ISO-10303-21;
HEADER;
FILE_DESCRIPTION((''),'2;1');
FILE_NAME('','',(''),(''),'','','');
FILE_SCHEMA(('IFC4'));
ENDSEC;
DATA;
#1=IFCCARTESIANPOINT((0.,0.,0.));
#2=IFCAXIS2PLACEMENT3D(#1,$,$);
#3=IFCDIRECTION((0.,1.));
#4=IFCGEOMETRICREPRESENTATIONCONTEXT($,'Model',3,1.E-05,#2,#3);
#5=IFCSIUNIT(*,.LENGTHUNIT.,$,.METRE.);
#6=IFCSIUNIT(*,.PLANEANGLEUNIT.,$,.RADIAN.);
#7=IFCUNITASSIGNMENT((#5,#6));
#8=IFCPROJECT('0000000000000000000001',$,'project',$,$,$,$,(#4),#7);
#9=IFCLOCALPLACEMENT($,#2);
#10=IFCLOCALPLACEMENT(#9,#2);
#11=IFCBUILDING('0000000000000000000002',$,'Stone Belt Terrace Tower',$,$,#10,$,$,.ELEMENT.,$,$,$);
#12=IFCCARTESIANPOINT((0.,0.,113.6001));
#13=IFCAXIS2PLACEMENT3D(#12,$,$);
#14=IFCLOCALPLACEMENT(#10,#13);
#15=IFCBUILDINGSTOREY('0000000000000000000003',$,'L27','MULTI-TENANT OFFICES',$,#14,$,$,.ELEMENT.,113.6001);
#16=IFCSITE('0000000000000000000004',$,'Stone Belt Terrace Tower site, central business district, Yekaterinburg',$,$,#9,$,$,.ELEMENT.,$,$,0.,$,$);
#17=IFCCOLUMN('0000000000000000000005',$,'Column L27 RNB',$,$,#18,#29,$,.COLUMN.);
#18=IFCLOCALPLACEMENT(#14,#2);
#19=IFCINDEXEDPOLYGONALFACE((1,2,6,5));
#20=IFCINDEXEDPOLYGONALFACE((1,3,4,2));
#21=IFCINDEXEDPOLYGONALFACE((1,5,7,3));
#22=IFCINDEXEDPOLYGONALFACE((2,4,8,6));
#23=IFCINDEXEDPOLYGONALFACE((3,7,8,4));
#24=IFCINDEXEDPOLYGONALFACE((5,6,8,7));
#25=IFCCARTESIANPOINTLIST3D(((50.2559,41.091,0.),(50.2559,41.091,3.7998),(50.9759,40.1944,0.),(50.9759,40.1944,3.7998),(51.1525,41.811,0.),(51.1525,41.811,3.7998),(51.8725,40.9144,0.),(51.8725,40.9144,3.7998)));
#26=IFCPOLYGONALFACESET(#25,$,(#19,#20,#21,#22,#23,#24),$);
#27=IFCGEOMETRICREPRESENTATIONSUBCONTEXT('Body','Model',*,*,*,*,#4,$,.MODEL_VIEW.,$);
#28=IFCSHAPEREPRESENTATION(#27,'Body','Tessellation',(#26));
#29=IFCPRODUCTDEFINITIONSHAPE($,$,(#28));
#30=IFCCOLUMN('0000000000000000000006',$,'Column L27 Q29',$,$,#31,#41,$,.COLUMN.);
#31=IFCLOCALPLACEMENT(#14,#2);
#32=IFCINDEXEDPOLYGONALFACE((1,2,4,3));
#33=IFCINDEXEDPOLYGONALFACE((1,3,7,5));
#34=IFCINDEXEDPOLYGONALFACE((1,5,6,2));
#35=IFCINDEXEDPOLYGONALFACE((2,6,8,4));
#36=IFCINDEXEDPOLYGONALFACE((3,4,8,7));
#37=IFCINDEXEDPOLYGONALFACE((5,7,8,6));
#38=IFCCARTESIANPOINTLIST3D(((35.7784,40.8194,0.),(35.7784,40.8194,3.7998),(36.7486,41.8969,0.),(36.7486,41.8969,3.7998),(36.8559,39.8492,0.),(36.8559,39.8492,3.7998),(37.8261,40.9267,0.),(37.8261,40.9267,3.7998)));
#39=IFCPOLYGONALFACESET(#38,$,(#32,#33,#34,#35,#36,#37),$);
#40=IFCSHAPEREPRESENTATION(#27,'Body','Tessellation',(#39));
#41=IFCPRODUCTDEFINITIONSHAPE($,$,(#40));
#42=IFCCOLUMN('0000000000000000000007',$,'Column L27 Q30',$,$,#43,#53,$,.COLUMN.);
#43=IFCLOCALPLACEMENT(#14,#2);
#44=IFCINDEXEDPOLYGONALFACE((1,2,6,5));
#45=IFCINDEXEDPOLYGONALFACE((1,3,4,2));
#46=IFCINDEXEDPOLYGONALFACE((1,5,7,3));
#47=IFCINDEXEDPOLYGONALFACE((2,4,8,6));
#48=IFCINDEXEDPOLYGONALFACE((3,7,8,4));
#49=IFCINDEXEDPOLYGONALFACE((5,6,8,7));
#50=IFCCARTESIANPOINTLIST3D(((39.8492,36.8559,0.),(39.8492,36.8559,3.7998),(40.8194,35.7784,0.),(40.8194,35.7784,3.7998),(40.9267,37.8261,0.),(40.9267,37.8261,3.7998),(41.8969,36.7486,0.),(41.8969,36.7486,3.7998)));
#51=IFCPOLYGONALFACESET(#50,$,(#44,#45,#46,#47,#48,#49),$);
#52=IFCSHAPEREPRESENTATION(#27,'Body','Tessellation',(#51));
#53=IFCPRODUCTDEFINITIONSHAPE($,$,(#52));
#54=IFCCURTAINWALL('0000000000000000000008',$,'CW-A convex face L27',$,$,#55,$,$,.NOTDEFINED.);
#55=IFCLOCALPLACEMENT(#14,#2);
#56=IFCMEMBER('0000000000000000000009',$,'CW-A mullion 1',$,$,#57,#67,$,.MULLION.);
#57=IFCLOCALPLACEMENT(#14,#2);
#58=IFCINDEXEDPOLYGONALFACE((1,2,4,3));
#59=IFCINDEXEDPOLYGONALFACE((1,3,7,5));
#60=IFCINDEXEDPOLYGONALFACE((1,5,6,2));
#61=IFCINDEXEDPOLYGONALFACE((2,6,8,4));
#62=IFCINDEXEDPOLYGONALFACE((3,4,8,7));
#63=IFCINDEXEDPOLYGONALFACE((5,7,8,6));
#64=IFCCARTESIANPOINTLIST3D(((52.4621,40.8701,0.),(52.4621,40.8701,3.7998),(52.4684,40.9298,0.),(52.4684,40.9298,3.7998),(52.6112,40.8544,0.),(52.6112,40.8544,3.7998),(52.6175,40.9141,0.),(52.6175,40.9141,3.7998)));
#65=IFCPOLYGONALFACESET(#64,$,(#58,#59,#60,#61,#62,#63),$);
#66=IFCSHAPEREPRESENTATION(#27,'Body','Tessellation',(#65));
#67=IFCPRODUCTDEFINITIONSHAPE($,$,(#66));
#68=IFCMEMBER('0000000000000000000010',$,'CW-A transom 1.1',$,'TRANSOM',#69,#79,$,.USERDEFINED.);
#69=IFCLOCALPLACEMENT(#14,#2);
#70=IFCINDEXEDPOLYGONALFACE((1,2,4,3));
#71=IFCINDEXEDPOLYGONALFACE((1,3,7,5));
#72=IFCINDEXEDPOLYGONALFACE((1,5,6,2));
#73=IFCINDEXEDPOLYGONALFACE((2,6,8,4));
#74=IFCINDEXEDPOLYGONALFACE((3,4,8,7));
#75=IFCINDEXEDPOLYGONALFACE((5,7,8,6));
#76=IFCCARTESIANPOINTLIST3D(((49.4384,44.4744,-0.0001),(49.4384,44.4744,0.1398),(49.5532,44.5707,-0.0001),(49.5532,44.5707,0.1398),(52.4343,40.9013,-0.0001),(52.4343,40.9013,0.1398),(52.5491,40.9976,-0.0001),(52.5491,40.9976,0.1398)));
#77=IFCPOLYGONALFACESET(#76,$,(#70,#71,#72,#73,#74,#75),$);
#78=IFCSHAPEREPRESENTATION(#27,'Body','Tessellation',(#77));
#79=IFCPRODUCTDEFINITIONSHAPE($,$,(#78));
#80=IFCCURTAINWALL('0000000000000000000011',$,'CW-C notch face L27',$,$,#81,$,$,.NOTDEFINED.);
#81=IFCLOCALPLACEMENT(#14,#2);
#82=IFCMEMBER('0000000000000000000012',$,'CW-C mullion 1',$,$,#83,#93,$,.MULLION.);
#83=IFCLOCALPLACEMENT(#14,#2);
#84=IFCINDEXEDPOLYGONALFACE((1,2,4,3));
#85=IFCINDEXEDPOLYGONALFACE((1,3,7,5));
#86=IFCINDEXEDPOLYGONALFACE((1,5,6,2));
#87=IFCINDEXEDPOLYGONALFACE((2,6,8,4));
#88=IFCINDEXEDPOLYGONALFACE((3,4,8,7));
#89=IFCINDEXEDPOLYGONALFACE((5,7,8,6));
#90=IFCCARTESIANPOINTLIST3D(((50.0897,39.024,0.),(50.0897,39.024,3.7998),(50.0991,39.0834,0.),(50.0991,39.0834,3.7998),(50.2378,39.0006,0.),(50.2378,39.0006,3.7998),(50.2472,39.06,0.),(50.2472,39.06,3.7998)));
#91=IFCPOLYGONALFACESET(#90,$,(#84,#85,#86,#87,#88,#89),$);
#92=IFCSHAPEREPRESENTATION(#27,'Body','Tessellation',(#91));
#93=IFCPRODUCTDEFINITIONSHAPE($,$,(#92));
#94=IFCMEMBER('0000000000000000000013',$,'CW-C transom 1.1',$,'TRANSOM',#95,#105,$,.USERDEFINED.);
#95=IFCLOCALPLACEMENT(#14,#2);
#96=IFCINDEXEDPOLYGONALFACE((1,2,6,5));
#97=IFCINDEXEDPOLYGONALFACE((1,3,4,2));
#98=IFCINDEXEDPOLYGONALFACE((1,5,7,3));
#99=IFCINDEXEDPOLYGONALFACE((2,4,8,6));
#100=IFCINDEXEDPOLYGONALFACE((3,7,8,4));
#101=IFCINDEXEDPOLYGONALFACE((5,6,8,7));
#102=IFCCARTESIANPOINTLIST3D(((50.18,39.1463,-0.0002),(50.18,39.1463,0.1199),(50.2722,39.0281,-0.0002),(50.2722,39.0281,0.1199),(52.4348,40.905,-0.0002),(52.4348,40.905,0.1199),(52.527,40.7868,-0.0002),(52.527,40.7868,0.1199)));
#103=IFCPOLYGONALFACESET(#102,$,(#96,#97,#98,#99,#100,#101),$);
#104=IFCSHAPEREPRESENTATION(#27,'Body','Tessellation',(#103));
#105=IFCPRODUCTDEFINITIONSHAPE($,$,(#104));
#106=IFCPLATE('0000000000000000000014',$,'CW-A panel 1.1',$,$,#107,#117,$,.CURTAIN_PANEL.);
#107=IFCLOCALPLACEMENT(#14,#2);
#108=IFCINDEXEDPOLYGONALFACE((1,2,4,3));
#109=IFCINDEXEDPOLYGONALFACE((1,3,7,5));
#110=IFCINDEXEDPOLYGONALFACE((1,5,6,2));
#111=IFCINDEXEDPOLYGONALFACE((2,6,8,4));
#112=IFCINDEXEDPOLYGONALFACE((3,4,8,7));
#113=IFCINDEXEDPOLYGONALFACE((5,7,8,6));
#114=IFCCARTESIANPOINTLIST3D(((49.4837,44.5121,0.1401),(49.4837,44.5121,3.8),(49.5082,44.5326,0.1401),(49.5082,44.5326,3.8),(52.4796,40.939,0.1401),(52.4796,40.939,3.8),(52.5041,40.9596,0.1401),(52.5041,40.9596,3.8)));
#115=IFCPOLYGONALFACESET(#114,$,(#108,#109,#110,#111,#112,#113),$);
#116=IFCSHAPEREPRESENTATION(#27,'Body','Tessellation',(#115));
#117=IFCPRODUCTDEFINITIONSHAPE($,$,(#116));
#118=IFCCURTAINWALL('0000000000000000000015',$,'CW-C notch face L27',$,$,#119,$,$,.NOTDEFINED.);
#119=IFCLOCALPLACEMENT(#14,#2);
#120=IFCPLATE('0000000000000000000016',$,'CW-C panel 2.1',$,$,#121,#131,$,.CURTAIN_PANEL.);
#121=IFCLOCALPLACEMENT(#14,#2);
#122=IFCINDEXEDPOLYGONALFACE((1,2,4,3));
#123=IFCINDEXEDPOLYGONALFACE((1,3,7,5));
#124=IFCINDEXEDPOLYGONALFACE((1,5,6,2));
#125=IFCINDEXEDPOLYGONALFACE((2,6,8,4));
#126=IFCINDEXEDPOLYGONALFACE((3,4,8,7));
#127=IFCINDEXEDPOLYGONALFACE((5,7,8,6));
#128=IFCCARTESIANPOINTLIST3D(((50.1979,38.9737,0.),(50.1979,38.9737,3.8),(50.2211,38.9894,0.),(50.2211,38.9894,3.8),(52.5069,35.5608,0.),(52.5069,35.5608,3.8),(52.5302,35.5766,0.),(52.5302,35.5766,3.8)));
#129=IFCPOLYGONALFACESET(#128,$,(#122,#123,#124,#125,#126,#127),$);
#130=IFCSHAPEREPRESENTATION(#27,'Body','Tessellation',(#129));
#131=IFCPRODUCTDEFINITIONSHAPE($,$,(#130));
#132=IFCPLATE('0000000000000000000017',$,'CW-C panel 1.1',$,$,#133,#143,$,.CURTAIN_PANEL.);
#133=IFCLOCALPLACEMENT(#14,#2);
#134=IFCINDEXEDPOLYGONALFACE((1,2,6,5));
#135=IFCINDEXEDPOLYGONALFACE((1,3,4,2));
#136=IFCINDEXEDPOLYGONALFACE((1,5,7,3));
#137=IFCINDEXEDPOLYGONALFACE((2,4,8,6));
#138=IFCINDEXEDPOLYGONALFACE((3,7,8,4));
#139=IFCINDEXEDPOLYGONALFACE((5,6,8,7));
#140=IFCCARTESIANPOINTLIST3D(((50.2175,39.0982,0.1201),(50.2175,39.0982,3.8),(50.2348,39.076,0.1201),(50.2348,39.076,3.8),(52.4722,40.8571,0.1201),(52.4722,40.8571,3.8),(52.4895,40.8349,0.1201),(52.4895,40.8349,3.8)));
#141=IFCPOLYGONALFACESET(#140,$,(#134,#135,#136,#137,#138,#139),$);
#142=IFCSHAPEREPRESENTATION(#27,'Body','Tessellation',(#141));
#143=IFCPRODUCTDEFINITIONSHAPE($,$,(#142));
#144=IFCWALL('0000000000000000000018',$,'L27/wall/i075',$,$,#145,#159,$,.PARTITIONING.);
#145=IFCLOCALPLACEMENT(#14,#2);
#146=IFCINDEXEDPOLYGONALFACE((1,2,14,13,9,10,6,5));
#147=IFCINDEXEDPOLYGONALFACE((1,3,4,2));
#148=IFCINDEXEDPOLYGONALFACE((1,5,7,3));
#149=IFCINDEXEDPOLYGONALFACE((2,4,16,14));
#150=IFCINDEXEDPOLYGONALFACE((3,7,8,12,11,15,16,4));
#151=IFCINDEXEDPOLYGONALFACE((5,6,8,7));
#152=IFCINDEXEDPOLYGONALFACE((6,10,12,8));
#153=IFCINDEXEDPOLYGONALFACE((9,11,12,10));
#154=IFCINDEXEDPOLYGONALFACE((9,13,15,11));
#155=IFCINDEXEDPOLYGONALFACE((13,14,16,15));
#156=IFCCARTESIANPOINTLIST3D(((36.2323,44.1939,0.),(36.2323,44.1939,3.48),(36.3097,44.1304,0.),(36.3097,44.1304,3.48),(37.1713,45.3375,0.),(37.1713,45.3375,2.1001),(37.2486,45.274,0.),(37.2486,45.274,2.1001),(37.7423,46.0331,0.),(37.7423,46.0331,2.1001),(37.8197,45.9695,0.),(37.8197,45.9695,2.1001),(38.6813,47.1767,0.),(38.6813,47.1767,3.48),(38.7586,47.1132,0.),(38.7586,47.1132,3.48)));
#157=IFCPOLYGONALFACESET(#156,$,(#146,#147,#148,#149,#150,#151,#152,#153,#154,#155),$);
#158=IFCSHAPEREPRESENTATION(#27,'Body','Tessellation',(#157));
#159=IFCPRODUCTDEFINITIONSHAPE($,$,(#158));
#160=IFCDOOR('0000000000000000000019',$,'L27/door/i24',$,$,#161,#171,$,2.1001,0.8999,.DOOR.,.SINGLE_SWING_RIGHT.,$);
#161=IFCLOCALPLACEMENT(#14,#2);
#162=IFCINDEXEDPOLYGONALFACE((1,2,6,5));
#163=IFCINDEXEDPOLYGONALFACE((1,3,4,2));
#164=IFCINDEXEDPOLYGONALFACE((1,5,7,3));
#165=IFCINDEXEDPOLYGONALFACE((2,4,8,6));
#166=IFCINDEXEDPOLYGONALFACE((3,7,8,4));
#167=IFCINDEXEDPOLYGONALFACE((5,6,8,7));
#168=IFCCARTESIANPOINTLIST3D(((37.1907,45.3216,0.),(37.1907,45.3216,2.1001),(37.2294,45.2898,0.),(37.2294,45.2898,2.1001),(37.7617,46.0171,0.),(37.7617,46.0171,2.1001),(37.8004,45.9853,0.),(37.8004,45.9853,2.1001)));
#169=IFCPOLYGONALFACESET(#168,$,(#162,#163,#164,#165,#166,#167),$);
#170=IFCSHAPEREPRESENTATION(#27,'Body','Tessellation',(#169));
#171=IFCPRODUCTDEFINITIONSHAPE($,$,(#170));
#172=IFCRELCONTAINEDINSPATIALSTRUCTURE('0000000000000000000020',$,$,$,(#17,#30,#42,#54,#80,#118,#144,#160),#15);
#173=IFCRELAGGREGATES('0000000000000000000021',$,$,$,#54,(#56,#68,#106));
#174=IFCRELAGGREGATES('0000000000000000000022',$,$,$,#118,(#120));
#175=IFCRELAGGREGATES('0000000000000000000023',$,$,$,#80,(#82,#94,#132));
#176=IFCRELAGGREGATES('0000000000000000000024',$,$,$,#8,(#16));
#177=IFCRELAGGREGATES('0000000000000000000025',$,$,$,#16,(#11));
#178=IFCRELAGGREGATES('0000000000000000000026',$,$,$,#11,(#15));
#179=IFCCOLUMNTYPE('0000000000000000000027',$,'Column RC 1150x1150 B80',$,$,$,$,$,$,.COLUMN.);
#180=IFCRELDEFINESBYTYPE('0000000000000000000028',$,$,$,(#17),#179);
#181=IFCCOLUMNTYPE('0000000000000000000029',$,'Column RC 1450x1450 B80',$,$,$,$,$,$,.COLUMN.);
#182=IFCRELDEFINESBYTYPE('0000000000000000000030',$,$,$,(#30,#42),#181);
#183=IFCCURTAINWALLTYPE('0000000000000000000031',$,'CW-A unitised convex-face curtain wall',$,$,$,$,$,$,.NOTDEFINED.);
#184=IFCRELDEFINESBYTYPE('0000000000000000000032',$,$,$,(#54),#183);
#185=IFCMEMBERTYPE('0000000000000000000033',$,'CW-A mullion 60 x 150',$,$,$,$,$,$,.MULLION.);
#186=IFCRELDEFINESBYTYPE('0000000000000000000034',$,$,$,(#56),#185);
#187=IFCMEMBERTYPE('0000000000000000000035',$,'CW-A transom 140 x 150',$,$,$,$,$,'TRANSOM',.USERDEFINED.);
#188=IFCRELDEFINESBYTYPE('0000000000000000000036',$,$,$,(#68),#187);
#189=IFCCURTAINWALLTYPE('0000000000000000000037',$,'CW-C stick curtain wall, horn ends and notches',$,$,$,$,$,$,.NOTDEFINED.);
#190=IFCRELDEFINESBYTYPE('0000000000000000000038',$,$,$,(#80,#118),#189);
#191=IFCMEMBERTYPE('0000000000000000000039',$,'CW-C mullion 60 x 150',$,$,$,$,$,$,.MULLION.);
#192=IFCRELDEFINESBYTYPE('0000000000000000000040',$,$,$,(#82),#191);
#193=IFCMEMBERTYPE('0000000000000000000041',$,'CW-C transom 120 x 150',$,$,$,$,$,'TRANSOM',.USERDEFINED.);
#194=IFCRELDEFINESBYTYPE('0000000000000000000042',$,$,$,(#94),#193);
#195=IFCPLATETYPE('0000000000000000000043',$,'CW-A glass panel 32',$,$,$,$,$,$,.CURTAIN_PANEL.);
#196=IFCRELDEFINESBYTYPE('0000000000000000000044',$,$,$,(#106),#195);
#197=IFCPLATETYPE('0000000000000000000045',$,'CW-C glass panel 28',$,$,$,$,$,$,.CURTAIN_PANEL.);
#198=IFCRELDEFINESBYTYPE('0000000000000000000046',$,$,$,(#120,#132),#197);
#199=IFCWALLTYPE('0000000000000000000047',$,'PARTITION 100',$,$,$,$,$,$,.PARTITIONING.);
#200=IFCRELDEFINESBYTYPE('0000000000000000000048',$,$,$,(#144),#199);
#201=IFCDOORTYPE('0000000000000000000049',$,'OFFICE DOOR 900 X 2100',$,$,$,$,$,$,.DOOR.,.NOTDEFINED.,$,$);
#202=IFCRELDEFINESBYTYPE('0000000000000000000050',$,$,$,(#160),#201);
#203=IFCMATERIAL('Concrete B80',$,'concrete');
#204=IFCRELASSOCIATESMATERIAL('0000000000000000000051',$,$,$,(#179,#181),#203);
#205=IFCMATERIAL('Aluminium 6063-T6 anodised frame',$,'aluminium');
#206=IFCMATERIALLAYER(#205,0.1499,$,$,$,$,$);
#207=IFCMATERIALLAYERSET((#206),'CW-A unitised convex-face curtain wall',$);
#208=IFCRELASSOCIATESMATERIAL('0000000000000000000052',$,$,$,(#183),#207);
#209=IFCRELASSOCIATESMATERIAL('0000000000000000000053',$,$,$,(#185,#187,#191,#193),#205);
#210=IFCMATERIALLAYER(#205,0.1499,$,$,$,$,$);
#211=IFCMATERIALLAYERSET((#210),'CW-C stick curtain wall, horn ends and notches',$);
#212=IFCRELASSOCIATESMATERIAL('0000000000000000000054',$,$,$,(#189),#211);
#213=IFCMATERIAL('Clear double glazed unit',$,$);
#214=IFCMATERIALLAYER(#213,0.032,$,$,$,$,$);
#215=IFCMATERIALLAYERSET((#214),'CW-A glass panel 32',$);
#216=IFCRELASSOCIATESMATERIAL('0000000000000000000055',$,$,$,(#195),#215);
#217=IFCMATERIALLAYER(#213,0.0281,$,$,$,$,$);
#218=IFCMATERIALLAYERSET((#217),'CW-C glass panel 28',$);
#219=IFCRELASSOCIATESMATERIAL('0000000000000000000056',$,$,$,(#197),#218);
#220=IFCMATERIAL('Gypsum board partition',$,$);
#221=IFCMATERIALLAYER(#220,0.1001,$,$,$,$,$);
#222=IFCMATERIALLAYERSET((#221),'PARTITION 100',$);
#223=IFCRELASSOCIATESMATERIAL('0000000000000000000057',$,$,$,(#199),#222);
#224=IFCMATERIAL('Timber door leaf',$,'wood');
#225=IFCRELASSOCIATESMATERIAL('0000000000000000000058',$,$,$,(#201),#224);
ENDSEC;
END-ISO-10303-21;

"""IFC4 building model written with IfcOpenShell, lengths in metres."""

from ifc_helpers import new_model, si_unit, direction, frame, frame_2d, origin, origin_2d, place, context, subcontext, project, spatial, rectangle, extrude, material, layer, layer_set, material_profile, profile_set, type_object, element, fill, aggregate, save


model = new_model("IFC4")

# Units and contexts
model_context = context("Model", 3, precision=1e-05, world=origin(), true_north=direction((0.0, 1.0)))
body_context = subcontext(model_context, "Body", "Model", "MODEL_VIEW")
ifc_project = project(units=[si_unit("LENGTHUNIT", "METRE"), si_unit("PLANEANGLEUNIT", "RADIAN")], contexts=[model_context])

# Site, building, storey
site_placement = place(None, origin())
site = spatial("IfcSite", under=ifc_project, at=site_placement, Name="Stone Belt Terrace Tower site, central business district, Yekaterinburg", CompositionType="ELEMENT", RefElevation=0.0)
building_placement = place(site_placement, origin())
building = spatial("IfcBuilding", under=site, at=building_placement, Name="Stone Belt Terrace Tower", CompositionType="ELEMENT")
storey_placement = place(building_placement, frame((0.0, 0.0, 113.6001)))
storey = spatial("IfcBuildingStorey", under=building, at=storey_placement, Name="L27", Description="MULTI-TENANT OFFICES", CompositionType="ELEMENT", Elevation=113.6001)

# Columns
ifc_material_1 = material(Name="Concrete B80", Category="concrete")
ifc_material_profile_1 = material_profile(ifc_material_1, rectangle(XDim=1.1499, YDim=1.1499, at=origin_2d()), Name="RC 1150x1150")
ifc_profile_set_1 = profile_set([ifc_material_profile_1], Name="Concrete B80")
column_type_1 = type_object("IfcColumnType", Name="Column RC 1150x1150 B80", PredefinedType="COLUMN", material=ifc_profile_set_1)
column_placement = place(storey_placement, frame((51.0642, 41.0027, 0.0), z_axis=(0.0, 0.0, 1.0), x_axis=(0.626104, -0.779739, 0.0)))
element("IfcColumn", 1, at=column_placement, inside=storey, type_object=column_type_1, Name="Column L27 RNB", PredefinedType="COLUMN", context=body_context, shape_type="SweptSolid", body=[
    extrude(rectangle(XDim=1.1499, YDim=1.1499, at=origin_2d()), origin(), (0.0, 0.0, 1.0), 3.7998),
])
ifc_material_profile_2 = material_profile(ifc_material_1, rectangle(XDim=1.45, YDim=1.45, at=origin_2d()), Name="RC 1450x1450")
ifc_profile_set_2 = profile_set([ifc_material_profile_2], Name="Concrete B80")
column_type_2 = type_object("IfcColumnType", Name="Column RC 1450x1450 B80", PredefinedType="COLUMN", material=ifc_profile_set_2)
for number, where, z_axis, x_axis, name in (
    (2, (36.8022, 40.873, 0.0), (0.0, 0.0, 1.0), (0.743145, -0.669131, 0.0), "Column L27 Q29"),
    (3, (40.873, 36.8022, 0.0), (0.0, 0.0, 1.0), (0.669131, -0.743145, 0.0), "Column L27 Q30"),
):
    element("IfcColumn", number, at=place(storey_placement, frame(where, z_axis=z_axis, x_axis=x_axis)), inside=storey, type_object=column_type_2, Name=name, PredefinedType="COLUMN", context=body_context, shape_type="SweptSolid", body=[
        extrude(rectangle(XDim=1.45, YDim=1.45, at=origin_2d()), origin(), (0.0, 0.0, 1.0), 3.7998),
    ])

# Curtain walls, members
ifc_material_2 = material(Name="Aluminium 6063-T6 anodised frame", Category="aluminium")
ifc_layer_1 = layer(ifc_material_2, 0.1499)
ifc_layer_set_1 = layer_set([ifc_layer_1], Name="CW-A unitised convex-face curtain wall")
curtain_wall_type_1 = type_object("IfcCurtainWallType", Name="CW-A unitised convex-face curtain wall", PredefinedType="NOTDEFINED", material=ifc_layer_set_1)
curtain_wall_1_placement = place(storey_placement, origin())
curtain_wall_1 = element("IfcCurtainWall", 4, at=curtain_wall_1_placement, inside=storey, type_object=curtain_wall_type_1, Name="CW-A convex face L27", PredefinedType="NOTDEFINED")
ifc_material_profile_3 = material_profile(ifc_material_2, rectangle(XDim=0.1499, YDim=0.0601, at=origin_2d()), Name="Aluminium 6063-T6 60x150")
ifc_profile_set_3 = profile_set([ifc_material_profile_3], Name="Aluminium 6063-T6 anodised frame")
member_type_1 = type_object("IfcMemberType", Name="CW-A mullion 60 x 150", PredefinedType="MULLION", material=ifc_profile_set_3)
member_1_placement = place(storey_placement, frame((52.5398, 40.8921, 0.0), z_axis=(0.0, 0.0, 1.0), x_axis=(-0.994465, 0.105071, 0.0)))
member_1 = element("IfcMember", 5, at=member_1_placement, type_object=member_type_1, Name="CW-A mullion 1", PredefinedType="MULLION", context=body_context, shape_type="SweptSolid", body=[
    extrude(rectangle(XDim=0.1499, YDim=0.0601, at=origin_2d()), origin(), (0.0, 0.0, 1.0), 3.7998),
])
ifc_material_profile_4 = material_profile(ifc_material_2, rectangle(XDim=0.1499, YDim=0.1399, at=origin_2d()), Name="Aluminium 6063-T6 150x140")
ifc_profile_set_4 = profile_set([ifc_material_profile_4], Name="Aluminium 6063-T6 anodised frame")
member_type_2 = type_object("IfcMemberType", Name="CW-A transom 140 x 150", ElementType="TRANSOM", PredefinedType="USERDEFINED", material=ifc_profile_set_4)
member_2_placement = place(storey_placement, frame((52.4917, 40.9495, 0.0698), z_axis=(-0.642504, 0.766282, 0.0), x_axis=(-0.766282, -0.642504, 0.0)))
member_2 = element("IfcMember", 6, at=member_2_placement, type_object=member_type_2, Name="CW-A transom 1.1", ObjectType="TRANSOM", PredefinedType="USERDEFINED", context=body_context, shape_type="SweptSolid", body=[
    extrude(rectangle(XDim=0.1499, YDim=0.1399, at=origin_2d()), origin(), (0.0, 0.0, 1.0), 4.6628),
])
ifc_layer_2 = layer(ifc_material_2, 0.1499)
ifc_layer_set_2 = layer_set([ifc_layer_2], Name="CW-C stick curtain wall, horn ends and notches")
curtain_wall_type_2 = type_object("IfcCurtainWallType", Name="CW-C stick curtain wall, horn ends and notches", PredefinedType="NOTDEFINED", material=ifc_layer_set_2)
curtain_wall_2_placement = place(storey_placement, origin())
curtain_wall_2 = element("IfcCurtainWall", 7, at=curtain_wall_2_placement, inside=storey, type_object=curtain_wall_type_2, Name="CW-C notch face L27", PredefinedType="NOTDEFINED")
ifc_material_profile_5 = material_profile(ifc_material_2, rectangle(XDim=0.1499, YDim=0.0601, at=origin_2d()), Name="Aluminium 6063-T6 60x150")
ifc_profile_set_5 = profile_set([ifc_material_profile_5], Name="Aluminium 6063-T6 anodised frame")
member_type_3 = type_object("IfcMemberType", Name="CW-C mullion 60 x 150", PredefinedType="MULLION", material=ifc_profile_set_5)
member_3_placement = place(storey_placement, frame((50.1685, 39.042, 0.0), z_axis=(0.0, 0.0, 1.0), x_axis=(-0.987742, 0.156094, 0.0)))
member_3 = element("IfcMember", 8, at=member_3_placement, type_object=member_type_3, Name="CW-C mullion 1", PredefinedType="MULLION", context=body_context, shape_type="SweptSolid", body=[
    extrude(rectangle(XDim=0.1499, YDim=0.0601, at=origin_2d()), origin(), (0.0, 0.0, 1.0), 3.7998),
])
ifc_material_profile_6 = material_profile(ifc_material_2, rectangle(XDim=0.1499, YDim=0.1201, at=origin_2d()), Name="Aluminium 6063-T6 150x120")
ifc_profile_set_6 = profile_set([ifc_material_profile_6], Name="Aluminium 6063-T6 anodised frame")
member_type_4 = type_object("IfcMemberType", Name="CW-C transom 120 x 150", ElementType="TRANSOM", PredefinedType="USERDEFINED", material=ifc_profile_set_6)
member_4_placement = place(storey_placement, frame((50.2261, 39.0872, 0.0598), z_axis=(0.788506, 0.615028, 0.0), x_axis=(-0.615028, 0.788506, 0.0)))
member_4 = element("IfcMember", 9, at=member_4_placement, type_object=member_type_4, Name="CW-C transom 1.1", ObjectType="TRANSOM", PredefinedType="USERDEFINED", context=body_context, shape_type="SweptSolid", body=[
    extrude(rectangle(XDim=0.1499, YDim=0.1201, at=origin_2d()), origin(), (0.0, 0.0, 1.0), 2.8596),
])

# Plate
ifc_material_3 = material(Name="Clear double glazed unit")
ifc_layer_3 = layer(ifc_material_3, 0.032)
ifc_layer_set_3 = layer_set([ifc_layer_3], Name="CW-A glass panel 32")
plate_type_1 = type_object("IfcPlateType", Name="CW-A glass panel 32", PredefinedType="CURTAIN_PANEL", material=ifc_layer_set_3)
plate_1_placement = place(storey_placement, frame((50.9939, 42.7358, 0.1401), z_axis=(0.0, 0.0, 1.0), x_axis=(-0.642509, 0.766278, 0.0)))
plate_1 = element("IfcPlate", 10, at=plate_1_placement, type_object=plate_type_1, Name="CW-A panel 1.1", PredefinedType="CURTAIN_PANEL", context=body_context, shape_type="SweptSolid", body=[
    extrude(rectangle(XDim=4.6628, YDim=0.032, at=origin_2d()), origin(), (0.0, 0.0, 1.0), 3.6599),
])
aggregate(curtain_wall_1, [member_1, member_2, plate_1])

# Curtain wall, plate
curtain_wall_3_placement = place(storey_placement, origin())
curtain_wall_3 = element("IfcCurtainWall", 11, at=curtain_wall_3_placement, inside=storey, type_object=curtain_wall_type_2, Name="CW-C notch face L27", PredefinedType="NOTDEFINED")
ifc_layer_4 = layer(ifc_material_3, 0.0281)
ifc_layer_set_4 = layer_set([ifc_layer_4], Name="CW-C glass panel 28")
plate_type_2 = type_object("IfcPlateType", Name="CW-C glass panel 28", PredefinedType="CURTAIN_PANEL", material=ifc_layer_set_4)
plate_2_placement = place(storey_placement, frame((51.364, 37.2751, 0.0), z_axis=(0.0, 0.0, 1.0), x_axis=(-0.560367, 0.828244, 0.0)))
plate_2 = element("IfcPlate", 12, at=plate_2_placement, type_object=plate_type_2, Name="CW-C panel 2.1", PredefinedType="CURTAIN_PANEL", context=body_context, shape_type="SweptSolid", body=[
    extrude(rectangle(XDim=4.1206, YDim=0.0281, at=origin_2d()), origin(), (0.0, 0.0, 1.0), 3.8),
])
aggregate(curtain_wall_3, [plate_2])

# Plate
plate_3_placement = place(storey_placement, frame((51.3535, 39.9666, 0.1201), z_axis=(0.0, 0.0, 1.0), x_axis=(0.788458, 0.615089, 0.0)))
plate_3 = element("IfcPlate", 13, at=plate_3_placement, type_object=plate_type_2, Name="CW-C panel 1.1", PredefinedType="CURTAIN_PANEL", context=body_context, shape_type="SweptSolid", body=[
    extrude(rectangle(XDim=2.8596, YDim=0.0281, at=origin_2d()), origin(), (0.0, 0.0, 1.0), 3.6799),
])
aggregate(curtain_wall_2, [member_3, member_4, plate_3])

# Wall, opening, door
ifc_material_4 = material(Name="Gypsum board partition")
ifc_layer_5 = layer(ifc_material_4, 0.1001)
ifc_layer_set_5 = layer_set([ifc_layer_5], Name="PARTITION 100")
wall_type_1 = type_object("IfcWallType", Name="PARTITION 100", PredefinedType="PARTITIONING", material=ifc_layer_set_5)
wall_1_placement = place(storey_placement, frame((36.271, 44.1621, 0.0), z_axis=(0.0, 0.0, 1.0), x_axis=(0.634542, 0.772888, 0.0)))
wall_1 = element("IfcWall", 14, at=wall_1_placement, inside=storey, type_object=wall_type_1, Name="L27/wall/i075", PredefinedType="PARTITIONING", context=body_context, shape_type="SweptSolid", body=[
    extrude(rectangle(XDim=3.8594, YDim=0.1001, at=frame_2d((1.9297, 0.0))), origin(), (0.0, 0.0, 1.0), 3.48),
])
opening_1_placement = place(wall_1_placement, frame((1.4797, 0.0, 0.0)))
opening_1 = element("IfcOpeningElement", 15, at=opening_1_placement, cuts=wall_1, PredefinedType="OPENING", context=body_context, shape_type="SweptSolid", body=[
    extrude(rectangle(XDim=0.8999, YDim=2.1001, at=frame_2d((0.45, 1.05))), frame((0.0, 0.0601, 0.0), z_axis=(0.0, -1.0, 0.0), x_axis=(1.0, 0.0, 0.0)), (0.0, 0.0, 1.0), 0.1201),
])
ifc_material_5 = material(Name="Timber door leaf", Category="wood")
door_type_1 = type_object("IfcDoorType", Name="OFFICE DOOR 900 X 2100", OperationType="NOTDEFINED", PredefinedType="DOOR", material=ifc_material_5)
door_1_placement = place(opening_1_placement, origin())
door_1 = element("IfcDoor", 16, at=door_1_placement, inside=storey, type_object=door_type_1, Name="L27/door/i24", OperationType="SINGLE_SWING_RIGHT", OverallHeight=2.1001, OverallWidth=0.8999, PredefinedType="DOOR", context=body_context, shape_type="SweptSolid", body=[
    extrude(rectangle(XDim=0.8999, YDim=2.1001, at=frame_2d((0.45, 1.05))), frame((0.0, 0.0249, 0.0), z_axis=(0.0, -1.0, 0.0), x_axis=(1.0, 0.0, 0.0)), (0.0, 0.0, 1.0), 0.05),
])
fill(opening_1, door_1)

save(model, "model.ifc")
